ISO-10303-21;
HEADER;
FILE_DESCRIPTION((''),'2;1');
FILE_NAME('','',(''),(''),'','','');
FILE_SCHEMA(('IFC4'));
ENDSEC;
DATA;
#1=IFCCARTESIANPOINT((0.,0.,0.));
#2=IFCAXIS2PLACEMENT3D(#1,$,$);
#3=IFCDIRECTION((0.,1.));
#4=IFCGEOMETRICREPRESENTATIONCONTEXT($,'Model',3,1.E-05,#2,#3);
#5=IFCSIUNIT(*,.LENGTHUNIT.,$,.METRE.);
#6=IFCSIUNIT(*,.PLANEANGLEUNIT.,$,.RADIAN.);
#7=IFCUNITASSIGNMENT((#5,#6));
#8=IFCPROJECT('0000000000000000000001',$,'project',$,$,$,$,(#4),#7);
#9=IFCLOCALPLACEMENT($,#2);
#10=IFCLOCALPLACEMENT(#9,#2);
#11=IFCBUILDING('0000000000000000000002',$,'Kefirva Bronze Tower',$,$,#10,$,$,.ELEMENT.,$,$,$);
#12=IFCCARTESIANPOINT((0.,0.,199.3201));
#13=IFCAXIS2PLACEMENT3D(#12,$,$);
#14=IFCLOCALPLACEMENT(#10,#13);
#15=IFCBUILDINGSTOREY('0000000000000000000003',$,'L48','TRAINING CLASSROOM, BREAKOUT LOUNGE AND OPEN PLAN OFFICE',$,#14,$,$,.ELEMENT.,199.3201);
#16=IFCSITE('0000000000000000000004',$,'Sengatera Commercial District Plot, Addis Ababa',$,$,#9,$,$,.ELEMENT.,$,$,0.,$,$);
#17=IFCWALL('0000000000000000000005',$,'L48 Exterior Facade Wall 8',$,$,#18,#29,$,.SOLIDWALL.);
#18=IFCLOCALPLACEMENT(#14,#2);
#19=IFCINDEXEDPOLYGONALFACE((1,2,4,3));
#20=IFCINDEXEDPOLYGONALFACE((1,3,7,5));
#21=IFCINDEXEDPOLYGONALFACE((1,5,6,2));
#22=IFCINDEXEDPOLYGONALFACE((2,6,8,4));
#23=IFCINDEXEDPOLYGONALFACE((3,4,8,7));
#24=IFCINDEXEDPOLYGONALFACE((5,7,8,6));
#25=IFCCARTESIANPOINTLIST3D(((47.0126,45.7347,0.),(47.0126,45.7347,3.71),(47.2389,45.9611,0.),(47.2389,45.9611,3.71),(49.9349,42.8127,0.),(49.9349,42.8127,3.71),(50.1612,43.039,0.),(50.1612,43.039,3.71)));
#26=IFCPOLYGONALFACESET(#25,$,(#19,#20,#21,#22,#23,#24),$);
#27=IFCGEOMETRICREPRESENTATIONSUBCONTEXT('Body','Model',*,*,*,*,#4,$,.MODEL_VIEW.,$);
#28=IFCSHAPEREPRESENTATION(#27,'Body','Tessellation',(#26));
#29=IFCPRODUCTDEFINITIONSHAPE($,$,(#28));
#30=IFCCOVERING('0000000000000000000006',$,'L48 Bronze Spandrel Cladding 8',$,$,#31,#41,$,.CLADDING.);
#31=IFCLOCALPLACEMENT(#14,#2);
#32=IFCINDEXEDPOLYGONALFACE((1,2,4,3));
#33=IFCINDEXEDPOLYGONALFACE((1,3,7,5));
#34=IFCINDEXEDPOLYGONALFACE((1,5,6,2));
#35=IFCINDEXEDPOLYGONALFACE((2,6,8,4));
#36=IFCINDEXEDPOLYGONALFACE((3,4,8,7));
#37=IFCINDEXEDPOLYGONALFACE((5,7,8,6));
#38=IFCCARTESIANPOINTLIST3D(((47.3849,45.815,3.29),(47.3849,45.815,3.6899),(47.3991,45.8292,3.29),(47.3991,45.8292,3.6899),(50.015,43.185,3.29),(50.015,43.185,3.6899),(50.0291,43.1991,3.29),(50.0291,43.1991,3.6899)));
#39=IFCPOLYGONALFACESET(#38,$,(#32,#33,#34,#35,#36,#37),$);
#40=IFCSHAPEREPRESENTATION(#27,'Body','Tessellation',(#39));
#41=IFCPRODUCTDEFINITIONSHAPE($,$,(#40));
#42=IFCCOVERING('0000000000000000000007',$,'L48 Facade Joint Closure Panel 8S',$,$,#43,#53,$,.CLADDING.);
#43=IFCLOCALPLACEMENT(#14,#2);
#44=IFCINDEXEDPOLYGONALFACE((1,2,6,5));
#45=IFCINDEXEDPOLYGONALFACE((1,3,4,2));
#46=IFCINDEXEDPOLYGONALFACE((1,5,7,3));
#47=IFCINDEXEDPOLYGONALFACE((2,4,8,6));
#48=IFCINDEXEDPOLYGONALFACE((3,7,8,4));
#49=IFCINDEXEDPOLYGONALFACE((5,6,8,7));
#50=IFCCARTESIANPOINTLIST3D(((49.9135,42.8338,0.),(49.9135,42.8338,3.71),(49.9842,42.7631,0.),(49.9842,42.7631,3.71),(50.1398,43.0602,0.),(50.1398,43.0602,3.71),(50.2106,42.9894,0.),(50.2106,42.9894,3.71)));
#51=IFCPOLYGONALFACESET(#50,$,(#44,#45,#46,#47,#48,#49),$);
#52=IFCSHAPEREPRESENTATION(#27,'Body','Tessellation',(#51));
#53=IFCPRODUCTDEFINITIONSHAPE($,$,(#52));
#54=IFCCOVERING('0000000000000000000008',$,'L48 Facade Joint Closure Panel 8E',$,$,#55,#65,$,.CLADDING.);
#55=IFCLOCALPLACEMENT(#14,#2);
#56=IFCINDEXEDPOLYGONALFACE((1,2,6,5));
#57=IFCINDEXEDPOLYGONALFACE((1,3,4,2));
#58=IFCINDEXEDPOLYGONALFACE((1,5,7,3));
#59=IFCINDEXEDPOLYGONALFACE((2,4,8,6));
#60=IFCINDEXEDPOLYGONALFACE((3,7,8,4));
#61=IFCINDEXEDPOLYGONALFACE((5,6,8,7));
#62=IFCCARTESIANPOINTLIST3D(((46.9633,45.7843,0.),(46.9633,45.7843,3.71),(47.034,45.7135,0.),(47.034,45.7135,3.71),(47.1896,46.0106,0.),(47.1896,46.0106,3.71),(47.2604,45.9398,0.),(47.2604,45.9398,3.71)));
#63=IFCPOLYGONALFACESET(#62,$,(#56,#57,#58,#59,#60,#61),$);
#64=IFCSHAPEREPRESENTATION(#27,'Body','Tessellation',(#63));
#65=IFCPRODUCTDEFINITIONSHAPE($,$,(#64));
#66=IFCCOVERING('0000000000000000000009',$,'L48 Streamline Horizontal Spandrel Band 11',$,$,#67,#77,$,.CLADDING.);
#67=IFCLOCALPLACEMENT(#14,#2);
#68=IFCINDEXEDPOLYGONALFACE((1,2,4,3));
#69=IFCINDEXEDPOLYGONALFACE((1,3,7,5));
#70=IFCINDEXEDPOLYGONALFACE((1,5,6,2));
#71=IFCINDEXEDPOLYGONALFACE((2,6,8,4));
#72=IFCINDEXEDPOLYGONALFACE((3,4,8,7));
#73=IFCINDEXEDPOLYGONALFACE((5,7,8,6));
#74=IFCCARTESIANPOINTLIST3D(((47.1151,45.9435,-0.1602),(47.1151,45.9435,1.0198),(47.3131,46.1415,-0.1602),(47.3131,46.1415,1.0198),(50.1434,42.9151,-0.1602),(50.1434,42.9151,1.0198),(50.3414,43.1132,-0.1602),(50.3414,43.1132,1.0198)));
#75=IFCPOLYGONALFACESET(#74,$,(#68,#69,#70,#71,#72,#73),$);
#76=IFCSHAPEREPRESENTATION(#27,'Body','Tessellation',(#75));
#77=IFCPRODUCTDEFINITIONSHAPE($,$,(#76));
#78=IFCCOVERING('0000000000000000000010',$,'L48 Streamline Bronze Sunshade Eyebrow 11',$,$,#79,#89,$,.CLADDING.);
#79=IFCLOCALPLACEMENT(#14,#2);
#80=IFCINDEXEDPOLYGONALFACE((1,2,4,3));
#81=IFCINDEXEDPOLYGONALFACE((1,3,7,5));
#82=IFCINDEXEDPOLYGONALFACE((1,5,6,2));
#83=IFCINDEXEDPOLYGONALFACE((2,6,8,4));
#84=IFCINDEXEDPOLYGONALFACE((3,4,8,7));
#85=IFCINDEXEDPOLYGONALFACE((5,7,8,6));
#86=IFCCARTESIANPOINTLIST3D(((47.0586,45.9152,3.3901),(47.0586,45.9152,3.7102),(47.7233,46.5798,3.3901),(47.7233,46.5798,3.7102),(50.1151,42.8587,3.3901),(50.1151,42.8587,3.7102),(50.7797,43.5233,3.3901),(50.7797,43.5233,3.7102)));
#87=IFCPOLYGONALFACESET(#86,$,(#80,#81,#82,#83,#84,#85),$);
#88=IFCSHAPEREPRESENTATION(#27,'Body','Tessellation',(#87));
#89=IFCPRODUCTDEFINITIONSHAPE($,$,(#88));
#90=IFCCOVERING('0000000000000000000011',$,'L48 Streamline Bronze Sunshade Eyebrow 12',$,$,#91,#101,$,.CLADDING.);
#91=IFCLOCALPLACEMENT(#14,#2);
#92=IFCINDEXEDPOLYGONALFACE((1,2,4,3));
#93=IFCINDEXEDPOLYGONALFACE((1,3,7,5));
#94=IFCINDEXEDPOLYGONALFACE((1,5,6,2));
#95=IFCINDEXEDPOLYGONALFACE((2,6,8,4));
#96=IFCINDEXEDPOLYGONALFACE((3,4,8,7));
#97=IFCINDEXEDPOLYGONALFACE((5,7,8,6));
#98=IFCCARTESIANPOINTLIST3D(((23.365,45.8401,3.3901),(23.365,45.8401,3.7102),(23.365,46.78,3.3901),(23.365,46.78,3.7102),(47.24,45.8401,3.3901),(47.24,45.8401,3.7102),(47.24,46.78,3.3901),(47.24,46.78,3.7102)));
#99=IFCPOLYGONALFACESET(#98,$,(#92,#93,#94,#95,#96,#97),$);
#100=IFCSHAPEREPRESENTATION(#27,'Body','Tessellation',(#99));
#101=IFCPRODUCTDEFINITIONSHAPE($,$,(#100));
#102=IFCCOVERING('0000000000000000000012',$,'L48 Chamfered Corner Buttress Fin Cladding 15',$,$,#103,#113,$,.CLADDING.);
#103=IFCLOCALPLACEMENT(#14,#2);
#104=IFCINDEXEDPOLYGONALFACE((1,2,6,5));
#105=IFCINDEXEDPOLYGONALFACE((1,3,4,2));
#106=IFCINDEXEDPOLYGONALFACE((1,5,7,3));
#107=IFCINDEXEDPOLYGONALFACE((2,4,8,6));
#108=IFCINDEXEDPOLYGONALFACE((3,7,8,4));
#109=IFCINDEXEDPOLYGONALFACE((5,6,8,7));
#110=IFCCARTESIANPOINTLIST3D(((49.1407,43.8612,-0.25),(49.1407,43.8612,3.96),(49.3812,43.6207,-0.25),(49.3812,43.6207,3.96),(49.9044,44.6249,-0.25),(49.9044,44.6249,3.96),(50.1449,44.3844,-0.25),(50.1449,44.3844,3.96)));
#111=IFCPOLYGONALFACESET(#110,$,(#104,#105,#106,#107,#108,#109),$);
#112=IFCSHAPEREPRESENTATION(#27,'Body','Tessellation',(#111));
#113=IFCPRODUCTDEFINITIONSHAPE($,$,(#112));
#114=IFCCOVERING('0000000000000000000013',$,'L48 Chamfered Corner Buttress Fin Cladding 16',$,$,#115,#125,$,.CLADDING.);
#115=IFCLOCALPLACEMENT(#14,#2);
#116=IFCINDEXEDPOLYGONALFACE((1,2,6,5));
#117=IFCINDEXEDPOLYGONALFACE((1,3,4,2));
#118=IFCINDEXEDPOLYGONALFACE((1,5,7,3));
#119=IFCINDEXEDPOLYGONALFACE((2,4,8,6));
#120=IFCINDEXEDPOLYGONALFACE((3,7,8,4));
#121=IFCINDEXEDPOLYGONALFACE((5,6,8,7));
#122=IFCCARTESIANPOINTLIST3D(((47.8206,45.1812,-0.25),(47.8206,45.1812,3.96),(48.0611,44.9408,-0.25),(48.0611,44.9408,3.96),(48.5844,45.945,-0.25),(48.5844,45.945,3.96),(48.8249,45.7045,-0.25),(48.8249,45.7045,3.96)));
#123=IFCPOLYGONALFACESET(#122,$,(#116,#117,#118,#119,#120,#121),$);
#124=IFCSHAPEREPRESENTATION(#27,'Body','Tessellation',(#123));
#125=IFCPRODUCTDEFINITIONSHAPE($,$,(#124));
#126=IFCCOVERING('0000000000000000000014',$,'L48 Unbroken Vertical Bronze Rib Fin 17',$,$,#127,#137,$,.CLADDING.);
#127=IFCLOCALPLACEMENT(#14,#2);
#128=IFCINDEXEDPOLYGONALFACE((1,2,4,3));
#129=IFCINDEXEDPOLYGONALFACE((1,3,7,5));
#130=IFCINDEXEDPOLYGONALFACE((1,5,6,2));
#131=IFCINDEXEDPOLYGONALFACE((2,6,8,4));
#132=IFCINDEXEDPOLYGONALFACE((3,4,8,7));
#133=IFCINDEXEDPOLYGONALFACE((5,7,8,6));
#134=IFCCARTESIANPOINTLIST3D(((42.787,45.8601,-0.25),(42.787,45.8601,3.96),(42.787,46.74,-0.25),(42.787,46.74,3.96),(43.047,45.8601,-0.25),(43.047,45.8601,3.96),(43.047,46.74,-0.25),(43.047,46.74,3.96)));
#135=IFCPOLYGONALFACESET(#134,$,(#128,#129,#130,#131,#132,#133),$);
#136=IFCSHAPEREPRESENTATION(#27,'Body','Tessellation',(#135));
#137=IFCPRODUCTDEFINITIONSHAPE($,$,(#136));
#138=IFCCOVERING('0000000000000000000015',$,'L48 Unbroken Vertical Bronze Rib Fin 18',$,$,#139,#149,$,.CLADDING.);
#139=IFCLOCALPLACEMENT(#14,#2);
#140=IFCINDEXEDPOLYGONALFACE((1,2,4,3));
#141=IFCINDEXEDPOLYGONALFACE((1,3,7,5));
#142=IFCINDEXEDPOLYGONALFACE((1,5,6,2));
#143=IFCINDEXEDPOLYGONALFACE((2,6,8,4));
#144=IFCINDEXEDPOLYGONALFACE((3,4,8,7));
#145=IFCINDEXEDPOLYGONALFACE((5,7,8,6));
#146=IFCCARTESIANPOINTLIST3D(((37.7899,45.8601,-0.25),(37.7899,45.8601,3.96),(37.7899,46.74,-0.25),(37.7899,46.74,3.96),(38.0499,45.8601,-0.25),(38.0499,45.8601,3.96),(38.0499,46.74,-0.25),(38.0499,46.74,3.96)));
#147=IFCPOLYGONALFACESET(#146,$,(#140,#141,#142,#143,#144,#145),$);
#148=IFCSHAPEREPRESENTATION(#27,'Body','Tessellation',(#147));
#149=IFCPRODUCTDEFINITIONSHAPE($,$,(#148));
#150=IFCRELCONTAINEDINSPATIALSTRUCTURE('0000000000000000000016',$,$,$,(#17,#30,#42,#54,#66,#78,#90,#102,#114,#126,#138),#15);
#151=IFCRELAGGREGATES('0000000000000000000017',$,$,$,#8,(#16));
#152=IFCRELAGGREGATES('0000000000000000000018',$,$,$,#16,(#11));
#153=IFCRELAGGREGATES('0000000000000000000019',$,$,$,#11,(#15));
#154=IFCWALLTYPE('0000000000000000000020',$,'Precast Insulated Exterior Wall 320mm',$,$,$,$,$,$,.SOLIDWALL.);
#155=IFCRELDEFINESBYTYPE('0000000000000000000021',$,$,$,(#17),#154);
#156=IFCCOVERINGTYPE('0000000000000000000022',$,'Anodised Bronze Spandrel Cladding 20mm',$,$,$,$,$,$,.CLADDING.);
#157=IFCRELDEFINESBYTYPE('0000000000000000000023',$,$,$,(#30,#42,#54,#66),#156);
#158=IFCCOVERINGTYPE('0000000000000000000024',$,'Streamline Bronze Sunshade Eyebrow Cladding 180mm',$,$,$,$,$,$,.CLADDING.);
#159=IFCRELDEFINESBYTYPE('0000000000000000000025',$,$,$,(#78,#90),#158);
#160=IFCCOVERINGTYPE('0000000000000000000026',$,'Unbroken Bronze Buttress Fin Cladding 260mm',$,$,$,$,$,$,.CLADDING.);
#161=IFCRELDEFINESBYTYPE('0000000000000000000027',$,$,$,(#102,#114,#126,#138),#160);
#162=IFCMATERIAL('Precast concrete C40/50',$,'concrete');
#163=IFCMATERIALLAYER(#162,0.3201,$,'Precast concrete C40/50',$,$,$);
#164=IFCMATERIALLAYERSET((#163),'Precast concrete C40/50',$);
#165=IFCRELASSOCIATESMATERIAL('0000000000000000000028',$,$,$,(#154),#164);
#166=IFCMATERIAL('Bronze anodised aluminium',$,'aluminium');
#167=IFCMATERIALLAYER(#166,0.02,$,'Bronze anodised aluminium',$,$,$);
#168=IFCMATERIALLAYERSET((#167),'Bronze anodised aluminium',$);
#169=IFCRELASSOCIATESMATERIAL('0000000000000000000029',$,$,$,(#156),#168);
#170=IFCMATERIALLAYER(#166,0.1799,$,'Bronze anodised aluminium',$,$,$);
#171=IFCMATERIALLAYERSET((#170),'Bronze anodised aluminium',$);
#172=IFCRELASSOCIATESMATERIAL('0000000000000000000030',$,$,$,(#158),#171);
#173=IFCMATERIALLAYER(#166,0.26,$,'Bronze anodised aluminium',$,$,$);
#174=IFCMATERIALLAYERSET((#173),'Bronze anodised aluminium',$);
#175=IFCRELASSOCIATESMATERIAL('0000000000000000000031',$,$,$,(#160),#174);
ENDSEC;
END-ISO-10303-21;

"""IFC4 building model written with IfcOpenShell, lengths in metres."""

from ifc_helpers import new_model, si_unit, direction, frame, frame_2d, origin, origin_2d, place, context, subcontext, project, spatial, rectangle, extrude, material, layer, layer_set, type_object, element, save


model = new_model("IFC4")

# Units and contexts
model_context = context("Model", 3, precision=1e-05, world=origin(), true_north=direction((0.0, 1.0)))
body_context = subcontext(model_context, "Body", "Model", "MODEL_VIEW")
ifc_project = project(units=[si_unit("LENGTHUNIT", "METRE"), si_unit("PLANEANGLEUNIT", "RADIAN")], contexts=[model_context])

# Site, building, storey
site_placement = place(None, origin())
site = spatial("IfcSite", under=ifc_project, at=site_placement, Name="Sengatera Commercial District Plot, Addis Ababa", CompositionType="ELEMENT", RefElevation=0.0)
building_placement = place(site_placement, origin())
building = spatial("IfcBuilding", under=site, at=building_placement, Name="Kefirva Bronze Tower", CompositionType="ELEMENT")
storey_placement = place(building_placement, frame((0.0, 0.0, 199.3201)))
storey = spatial("IfcBuildingStorey", under=building, at=storey_placement, Name="L48", Description="TRAINING CLASSROOM, BREAKOUT LOUNGE AND OPEN PLAN OFFICE", CompositionType="ELEMENT", Elevation=199.3201)

# Shared definitions
ifc_material_1 = material(Name="Bronze anodised aluminium", Category="aluminium")

# Wall
ifc_material_2 = material(Name="Precast concrete C40/50", Category="concrete")
ifc_layer_1 = layer(ifc_material_2, 0.3201, Name="Precast concrete C40/50")
ifc_layer_set_1 = layer_set([ifc_layer_1], Name="Precast concrete C40/50")
wall_type = type_object("IfcWallType", Name="Precast Insulated Exterior Wall 320mm", PredefinedType="SOLIDWALL", material=ifc_layer_set_1)
wall_placement = place(storey_placement, frame((50.0481, 42.9258, 0.0), z_axis=(0.0, 0.0, 1.0), x_axis=(-0.707136, 0.707077, 0.0)))
element("IfcWall", 1, at=wall_placement, inside=storey, type_object=wall_type, Name="L48 Exterior Facade Wall 8", PredefinedType="SOLIDWALL", context=body_context, shape_type="SweptSolid", body=[
    extrude(rectangle(XDim=4.1326, YDim=0.3201, at=frame_2d((2.0664, 0.0))), origin(), (0.0, 0.0, 1.0), 3.71),
])

# Coverings
ifc_layer_2 = layer(ifc_material_1, 0.02, Name="Bronze anodised aluminium")
ifc_layer_set_2 = layer_set([ifc_layer_2], Name="Bronze anodised aluminium")
covering_type_1 = type_object("IfcCoveringType", Name="Anodised Bronze Spandrel Cladding 20mm", PredefinedType="CLADDING", material=ifc_layer_set_2)
covering_1_placement = place(storey_placement, frame((48.707, 44.5071, 3.29), z_axis=(0.0, 0.0, 1.0), x_axis=(-0.707107, 0.707107, 0.0)))
element("IfcCovering", 2, at=covering_1_placement, inside=storey, type_object=covering_type_1, Name="L48 Bronze Spandrel Cladding 8", PredefinedType="CLADDING", context=body_context, shape_type="SweptSolid", body=[
    extrude(rectangle(XDim=3.7195, YDim=0.02, at=origin_2d()), origin(), (0.0, 0.0, 1.0), 0.3999),
])
for number, where, z_axis, x_axis, name in (
    (3, (50.062, 42.9116, 0.0), (0.0, 0.0, 1.0), (-0.707107, 0.707107, 0.0), "L48 Facade Joint Closure Panel 8S"),
    (4, (47.1118, 45.8621, 0.0), (0.0, 0.0, 1.0), (-0.707107, 0.707107, 0.0), "L48 Facade Joint Closure Panel 8E"),
):
    element("IfcCovering", number, at=place(storey_placement, frame(where, z_axis=z_axis, x_axis=x_axis)), inside=storey, type_object=covering_type_1, Name=name, PredefinedType="CLADDING", context=body_context, shape_type="SweptSolid", body=[
        extrude(rectangle(XDim=0.1001, YDim=0.3201, at=origin_2d()), origin(), (0.0, 0.0, 1.0), 3.71),
    ])
covering_2_placement = place(storey_placement, frame((48.7283, 44.5283, -0.1602), z_axis=(0.0, 0.0, 1.0), x_axis=(-0.707107, 0.707107, 0.0)))
element("IfcCovering", 5, at=covering_2_placement, inside=storey, type_object=covering_type_1, Name="L48 Streamline Horizontal Spandrel Band 11", PredefinedType="CLADDING", context=body_context, shape_type="SweptSolid", body=[
    extrude(rectangle(XDim=4.2827, YDim=0.28, at=origin_2d()), origin(), (0.0, 0.0, 1.0), 1.1799),
])
ifc_layer_3 = layer(ifc_material_1, 0.1799, Name="Bronze anodised aluminium")
ifc_layer_set_3 = layer_set([ifc_layer_3], Name="Bronze anodised aluminium")
covering_type_2 = type_object("IfcCoveringType", Name="Streamline Bronze Sunshade Eyebrow Cladding 180mm", PredefinedType="CLADDING", material=ifc_layer_set_3)
covering_3_placement = place(storey_placement, frame((48.9192, 44.7192, 3.3901), z_axis=(0.0, 0.0, 1.0), x_axis=(-0.707107, 0.707107, 0.0)))
element("IfcCovering", 6, at=covering_3_placement, inside=storey, type_object=covering_type_2, Name="L48 Streamline Bronze Sunshade Eyebrow 11", PredefinedType="CLADDING", context=body_context, shape_type="SweptSolid", body=[
    extrude(rectangle(XDim=4.3225, YDim=0.9399, at=origin_2d()), origin(), (0.0, 0.0, 1.0), 0.3201),
])
covering_4_placement = place(storey_placement, frame((35.3025, 46.3101, 3.3901), z_axis=(0.0, 0.0, 1.0), x_axis=(-1.0, 0.0, 0.0)))
element("IfcCovering", 7, at=covering_4_placement, inside=storey, type_object=covering_type_2, Name="L48 Streamline Bronze Sunshade Eyebrow 12", PredefinedType="CLADDING", context=body_context, shape_type="SweptSolid", body=[
    extrude(rectangle(XDim=23.875, YDim=0.9399, at=origin_2d()), origin(), (0.0, 0.0, 1.0), 0.3201),
])
ifc_layer_4 = layer(ifc_material_1, 0.26, Name="Bronze anodised aluminium")
ifc_layer_set_4 = layer_set([ifc_layer_4], Name="Bronze anodised aluminium")
covering_type_3 = type_object("IfcCoveringType", Name="Unbroken Bronze Buttress Fin Cladding 260mm", PredefinedType="CLADDING", material=ifc_layer_set_4)
for number, where, z_axis, x_axis, name in (
    (8, (49.6428, 44.1228, -0.25), (0.0, 0.0, 1.0), (-0.707107, 0.707107, 0.0), "L48 Chamfered Corner Buttress Fin Cladding 15"),
    (9, (48.3228, 45.4429, -0.25), (0.0, 0.0, 1.0), (-0.707107, 0.707107, 0.0), "L48 Chamfered Corner Buttress Fin Cladding 16"),
):
    element("IfcCovering", number, at=place(storey_placement, frame(where, z_axis=z_axis, x_axis=x_axis)), inside=storey, type_object=covering_type_3, Name=name, PredefinedType="CLADDING", context=body_context, shape_type="SweptSolid", body=[
        extrude(rectangle(XDim=0.3401, YDim=1.0801, at=origin_2d()), origin(), (0.0, 0.0, 1.0), 4.21),
    ])
for number, where, z_axis, x_axis, name in (
    (10, (42.917, 46.3, -0.25), (0.0, 0.0, 1.0), (-1.0, 0.0, 0.0), "L48 Unbroken Vertical Bronze Rib Fin 17"),
    (11, (37.9199, 46.3, -0.25), (0.0, 0.0, 1.0), (-1.0, 0.0, 0.0), "L48 Unbroken Vertical Bronze Rib Fin 18"),
):
    element("IfcCovering", number, at=place(storey_placement, frame(where, z_axis=z_axis, x_axis=x_axis)), inside=storey, type_object=covering_type_3, Name=name, PredefinedType="CLADDING", context=body_context, shape_type="SweptSolid", body=[
        extrude(rectangle(XDim=0.26, YDim=0.8799, at=origin_2d()), origin(), (0.0, 0.0, 1.0), 4.21),
    ])

save(model, "model.ifc")
